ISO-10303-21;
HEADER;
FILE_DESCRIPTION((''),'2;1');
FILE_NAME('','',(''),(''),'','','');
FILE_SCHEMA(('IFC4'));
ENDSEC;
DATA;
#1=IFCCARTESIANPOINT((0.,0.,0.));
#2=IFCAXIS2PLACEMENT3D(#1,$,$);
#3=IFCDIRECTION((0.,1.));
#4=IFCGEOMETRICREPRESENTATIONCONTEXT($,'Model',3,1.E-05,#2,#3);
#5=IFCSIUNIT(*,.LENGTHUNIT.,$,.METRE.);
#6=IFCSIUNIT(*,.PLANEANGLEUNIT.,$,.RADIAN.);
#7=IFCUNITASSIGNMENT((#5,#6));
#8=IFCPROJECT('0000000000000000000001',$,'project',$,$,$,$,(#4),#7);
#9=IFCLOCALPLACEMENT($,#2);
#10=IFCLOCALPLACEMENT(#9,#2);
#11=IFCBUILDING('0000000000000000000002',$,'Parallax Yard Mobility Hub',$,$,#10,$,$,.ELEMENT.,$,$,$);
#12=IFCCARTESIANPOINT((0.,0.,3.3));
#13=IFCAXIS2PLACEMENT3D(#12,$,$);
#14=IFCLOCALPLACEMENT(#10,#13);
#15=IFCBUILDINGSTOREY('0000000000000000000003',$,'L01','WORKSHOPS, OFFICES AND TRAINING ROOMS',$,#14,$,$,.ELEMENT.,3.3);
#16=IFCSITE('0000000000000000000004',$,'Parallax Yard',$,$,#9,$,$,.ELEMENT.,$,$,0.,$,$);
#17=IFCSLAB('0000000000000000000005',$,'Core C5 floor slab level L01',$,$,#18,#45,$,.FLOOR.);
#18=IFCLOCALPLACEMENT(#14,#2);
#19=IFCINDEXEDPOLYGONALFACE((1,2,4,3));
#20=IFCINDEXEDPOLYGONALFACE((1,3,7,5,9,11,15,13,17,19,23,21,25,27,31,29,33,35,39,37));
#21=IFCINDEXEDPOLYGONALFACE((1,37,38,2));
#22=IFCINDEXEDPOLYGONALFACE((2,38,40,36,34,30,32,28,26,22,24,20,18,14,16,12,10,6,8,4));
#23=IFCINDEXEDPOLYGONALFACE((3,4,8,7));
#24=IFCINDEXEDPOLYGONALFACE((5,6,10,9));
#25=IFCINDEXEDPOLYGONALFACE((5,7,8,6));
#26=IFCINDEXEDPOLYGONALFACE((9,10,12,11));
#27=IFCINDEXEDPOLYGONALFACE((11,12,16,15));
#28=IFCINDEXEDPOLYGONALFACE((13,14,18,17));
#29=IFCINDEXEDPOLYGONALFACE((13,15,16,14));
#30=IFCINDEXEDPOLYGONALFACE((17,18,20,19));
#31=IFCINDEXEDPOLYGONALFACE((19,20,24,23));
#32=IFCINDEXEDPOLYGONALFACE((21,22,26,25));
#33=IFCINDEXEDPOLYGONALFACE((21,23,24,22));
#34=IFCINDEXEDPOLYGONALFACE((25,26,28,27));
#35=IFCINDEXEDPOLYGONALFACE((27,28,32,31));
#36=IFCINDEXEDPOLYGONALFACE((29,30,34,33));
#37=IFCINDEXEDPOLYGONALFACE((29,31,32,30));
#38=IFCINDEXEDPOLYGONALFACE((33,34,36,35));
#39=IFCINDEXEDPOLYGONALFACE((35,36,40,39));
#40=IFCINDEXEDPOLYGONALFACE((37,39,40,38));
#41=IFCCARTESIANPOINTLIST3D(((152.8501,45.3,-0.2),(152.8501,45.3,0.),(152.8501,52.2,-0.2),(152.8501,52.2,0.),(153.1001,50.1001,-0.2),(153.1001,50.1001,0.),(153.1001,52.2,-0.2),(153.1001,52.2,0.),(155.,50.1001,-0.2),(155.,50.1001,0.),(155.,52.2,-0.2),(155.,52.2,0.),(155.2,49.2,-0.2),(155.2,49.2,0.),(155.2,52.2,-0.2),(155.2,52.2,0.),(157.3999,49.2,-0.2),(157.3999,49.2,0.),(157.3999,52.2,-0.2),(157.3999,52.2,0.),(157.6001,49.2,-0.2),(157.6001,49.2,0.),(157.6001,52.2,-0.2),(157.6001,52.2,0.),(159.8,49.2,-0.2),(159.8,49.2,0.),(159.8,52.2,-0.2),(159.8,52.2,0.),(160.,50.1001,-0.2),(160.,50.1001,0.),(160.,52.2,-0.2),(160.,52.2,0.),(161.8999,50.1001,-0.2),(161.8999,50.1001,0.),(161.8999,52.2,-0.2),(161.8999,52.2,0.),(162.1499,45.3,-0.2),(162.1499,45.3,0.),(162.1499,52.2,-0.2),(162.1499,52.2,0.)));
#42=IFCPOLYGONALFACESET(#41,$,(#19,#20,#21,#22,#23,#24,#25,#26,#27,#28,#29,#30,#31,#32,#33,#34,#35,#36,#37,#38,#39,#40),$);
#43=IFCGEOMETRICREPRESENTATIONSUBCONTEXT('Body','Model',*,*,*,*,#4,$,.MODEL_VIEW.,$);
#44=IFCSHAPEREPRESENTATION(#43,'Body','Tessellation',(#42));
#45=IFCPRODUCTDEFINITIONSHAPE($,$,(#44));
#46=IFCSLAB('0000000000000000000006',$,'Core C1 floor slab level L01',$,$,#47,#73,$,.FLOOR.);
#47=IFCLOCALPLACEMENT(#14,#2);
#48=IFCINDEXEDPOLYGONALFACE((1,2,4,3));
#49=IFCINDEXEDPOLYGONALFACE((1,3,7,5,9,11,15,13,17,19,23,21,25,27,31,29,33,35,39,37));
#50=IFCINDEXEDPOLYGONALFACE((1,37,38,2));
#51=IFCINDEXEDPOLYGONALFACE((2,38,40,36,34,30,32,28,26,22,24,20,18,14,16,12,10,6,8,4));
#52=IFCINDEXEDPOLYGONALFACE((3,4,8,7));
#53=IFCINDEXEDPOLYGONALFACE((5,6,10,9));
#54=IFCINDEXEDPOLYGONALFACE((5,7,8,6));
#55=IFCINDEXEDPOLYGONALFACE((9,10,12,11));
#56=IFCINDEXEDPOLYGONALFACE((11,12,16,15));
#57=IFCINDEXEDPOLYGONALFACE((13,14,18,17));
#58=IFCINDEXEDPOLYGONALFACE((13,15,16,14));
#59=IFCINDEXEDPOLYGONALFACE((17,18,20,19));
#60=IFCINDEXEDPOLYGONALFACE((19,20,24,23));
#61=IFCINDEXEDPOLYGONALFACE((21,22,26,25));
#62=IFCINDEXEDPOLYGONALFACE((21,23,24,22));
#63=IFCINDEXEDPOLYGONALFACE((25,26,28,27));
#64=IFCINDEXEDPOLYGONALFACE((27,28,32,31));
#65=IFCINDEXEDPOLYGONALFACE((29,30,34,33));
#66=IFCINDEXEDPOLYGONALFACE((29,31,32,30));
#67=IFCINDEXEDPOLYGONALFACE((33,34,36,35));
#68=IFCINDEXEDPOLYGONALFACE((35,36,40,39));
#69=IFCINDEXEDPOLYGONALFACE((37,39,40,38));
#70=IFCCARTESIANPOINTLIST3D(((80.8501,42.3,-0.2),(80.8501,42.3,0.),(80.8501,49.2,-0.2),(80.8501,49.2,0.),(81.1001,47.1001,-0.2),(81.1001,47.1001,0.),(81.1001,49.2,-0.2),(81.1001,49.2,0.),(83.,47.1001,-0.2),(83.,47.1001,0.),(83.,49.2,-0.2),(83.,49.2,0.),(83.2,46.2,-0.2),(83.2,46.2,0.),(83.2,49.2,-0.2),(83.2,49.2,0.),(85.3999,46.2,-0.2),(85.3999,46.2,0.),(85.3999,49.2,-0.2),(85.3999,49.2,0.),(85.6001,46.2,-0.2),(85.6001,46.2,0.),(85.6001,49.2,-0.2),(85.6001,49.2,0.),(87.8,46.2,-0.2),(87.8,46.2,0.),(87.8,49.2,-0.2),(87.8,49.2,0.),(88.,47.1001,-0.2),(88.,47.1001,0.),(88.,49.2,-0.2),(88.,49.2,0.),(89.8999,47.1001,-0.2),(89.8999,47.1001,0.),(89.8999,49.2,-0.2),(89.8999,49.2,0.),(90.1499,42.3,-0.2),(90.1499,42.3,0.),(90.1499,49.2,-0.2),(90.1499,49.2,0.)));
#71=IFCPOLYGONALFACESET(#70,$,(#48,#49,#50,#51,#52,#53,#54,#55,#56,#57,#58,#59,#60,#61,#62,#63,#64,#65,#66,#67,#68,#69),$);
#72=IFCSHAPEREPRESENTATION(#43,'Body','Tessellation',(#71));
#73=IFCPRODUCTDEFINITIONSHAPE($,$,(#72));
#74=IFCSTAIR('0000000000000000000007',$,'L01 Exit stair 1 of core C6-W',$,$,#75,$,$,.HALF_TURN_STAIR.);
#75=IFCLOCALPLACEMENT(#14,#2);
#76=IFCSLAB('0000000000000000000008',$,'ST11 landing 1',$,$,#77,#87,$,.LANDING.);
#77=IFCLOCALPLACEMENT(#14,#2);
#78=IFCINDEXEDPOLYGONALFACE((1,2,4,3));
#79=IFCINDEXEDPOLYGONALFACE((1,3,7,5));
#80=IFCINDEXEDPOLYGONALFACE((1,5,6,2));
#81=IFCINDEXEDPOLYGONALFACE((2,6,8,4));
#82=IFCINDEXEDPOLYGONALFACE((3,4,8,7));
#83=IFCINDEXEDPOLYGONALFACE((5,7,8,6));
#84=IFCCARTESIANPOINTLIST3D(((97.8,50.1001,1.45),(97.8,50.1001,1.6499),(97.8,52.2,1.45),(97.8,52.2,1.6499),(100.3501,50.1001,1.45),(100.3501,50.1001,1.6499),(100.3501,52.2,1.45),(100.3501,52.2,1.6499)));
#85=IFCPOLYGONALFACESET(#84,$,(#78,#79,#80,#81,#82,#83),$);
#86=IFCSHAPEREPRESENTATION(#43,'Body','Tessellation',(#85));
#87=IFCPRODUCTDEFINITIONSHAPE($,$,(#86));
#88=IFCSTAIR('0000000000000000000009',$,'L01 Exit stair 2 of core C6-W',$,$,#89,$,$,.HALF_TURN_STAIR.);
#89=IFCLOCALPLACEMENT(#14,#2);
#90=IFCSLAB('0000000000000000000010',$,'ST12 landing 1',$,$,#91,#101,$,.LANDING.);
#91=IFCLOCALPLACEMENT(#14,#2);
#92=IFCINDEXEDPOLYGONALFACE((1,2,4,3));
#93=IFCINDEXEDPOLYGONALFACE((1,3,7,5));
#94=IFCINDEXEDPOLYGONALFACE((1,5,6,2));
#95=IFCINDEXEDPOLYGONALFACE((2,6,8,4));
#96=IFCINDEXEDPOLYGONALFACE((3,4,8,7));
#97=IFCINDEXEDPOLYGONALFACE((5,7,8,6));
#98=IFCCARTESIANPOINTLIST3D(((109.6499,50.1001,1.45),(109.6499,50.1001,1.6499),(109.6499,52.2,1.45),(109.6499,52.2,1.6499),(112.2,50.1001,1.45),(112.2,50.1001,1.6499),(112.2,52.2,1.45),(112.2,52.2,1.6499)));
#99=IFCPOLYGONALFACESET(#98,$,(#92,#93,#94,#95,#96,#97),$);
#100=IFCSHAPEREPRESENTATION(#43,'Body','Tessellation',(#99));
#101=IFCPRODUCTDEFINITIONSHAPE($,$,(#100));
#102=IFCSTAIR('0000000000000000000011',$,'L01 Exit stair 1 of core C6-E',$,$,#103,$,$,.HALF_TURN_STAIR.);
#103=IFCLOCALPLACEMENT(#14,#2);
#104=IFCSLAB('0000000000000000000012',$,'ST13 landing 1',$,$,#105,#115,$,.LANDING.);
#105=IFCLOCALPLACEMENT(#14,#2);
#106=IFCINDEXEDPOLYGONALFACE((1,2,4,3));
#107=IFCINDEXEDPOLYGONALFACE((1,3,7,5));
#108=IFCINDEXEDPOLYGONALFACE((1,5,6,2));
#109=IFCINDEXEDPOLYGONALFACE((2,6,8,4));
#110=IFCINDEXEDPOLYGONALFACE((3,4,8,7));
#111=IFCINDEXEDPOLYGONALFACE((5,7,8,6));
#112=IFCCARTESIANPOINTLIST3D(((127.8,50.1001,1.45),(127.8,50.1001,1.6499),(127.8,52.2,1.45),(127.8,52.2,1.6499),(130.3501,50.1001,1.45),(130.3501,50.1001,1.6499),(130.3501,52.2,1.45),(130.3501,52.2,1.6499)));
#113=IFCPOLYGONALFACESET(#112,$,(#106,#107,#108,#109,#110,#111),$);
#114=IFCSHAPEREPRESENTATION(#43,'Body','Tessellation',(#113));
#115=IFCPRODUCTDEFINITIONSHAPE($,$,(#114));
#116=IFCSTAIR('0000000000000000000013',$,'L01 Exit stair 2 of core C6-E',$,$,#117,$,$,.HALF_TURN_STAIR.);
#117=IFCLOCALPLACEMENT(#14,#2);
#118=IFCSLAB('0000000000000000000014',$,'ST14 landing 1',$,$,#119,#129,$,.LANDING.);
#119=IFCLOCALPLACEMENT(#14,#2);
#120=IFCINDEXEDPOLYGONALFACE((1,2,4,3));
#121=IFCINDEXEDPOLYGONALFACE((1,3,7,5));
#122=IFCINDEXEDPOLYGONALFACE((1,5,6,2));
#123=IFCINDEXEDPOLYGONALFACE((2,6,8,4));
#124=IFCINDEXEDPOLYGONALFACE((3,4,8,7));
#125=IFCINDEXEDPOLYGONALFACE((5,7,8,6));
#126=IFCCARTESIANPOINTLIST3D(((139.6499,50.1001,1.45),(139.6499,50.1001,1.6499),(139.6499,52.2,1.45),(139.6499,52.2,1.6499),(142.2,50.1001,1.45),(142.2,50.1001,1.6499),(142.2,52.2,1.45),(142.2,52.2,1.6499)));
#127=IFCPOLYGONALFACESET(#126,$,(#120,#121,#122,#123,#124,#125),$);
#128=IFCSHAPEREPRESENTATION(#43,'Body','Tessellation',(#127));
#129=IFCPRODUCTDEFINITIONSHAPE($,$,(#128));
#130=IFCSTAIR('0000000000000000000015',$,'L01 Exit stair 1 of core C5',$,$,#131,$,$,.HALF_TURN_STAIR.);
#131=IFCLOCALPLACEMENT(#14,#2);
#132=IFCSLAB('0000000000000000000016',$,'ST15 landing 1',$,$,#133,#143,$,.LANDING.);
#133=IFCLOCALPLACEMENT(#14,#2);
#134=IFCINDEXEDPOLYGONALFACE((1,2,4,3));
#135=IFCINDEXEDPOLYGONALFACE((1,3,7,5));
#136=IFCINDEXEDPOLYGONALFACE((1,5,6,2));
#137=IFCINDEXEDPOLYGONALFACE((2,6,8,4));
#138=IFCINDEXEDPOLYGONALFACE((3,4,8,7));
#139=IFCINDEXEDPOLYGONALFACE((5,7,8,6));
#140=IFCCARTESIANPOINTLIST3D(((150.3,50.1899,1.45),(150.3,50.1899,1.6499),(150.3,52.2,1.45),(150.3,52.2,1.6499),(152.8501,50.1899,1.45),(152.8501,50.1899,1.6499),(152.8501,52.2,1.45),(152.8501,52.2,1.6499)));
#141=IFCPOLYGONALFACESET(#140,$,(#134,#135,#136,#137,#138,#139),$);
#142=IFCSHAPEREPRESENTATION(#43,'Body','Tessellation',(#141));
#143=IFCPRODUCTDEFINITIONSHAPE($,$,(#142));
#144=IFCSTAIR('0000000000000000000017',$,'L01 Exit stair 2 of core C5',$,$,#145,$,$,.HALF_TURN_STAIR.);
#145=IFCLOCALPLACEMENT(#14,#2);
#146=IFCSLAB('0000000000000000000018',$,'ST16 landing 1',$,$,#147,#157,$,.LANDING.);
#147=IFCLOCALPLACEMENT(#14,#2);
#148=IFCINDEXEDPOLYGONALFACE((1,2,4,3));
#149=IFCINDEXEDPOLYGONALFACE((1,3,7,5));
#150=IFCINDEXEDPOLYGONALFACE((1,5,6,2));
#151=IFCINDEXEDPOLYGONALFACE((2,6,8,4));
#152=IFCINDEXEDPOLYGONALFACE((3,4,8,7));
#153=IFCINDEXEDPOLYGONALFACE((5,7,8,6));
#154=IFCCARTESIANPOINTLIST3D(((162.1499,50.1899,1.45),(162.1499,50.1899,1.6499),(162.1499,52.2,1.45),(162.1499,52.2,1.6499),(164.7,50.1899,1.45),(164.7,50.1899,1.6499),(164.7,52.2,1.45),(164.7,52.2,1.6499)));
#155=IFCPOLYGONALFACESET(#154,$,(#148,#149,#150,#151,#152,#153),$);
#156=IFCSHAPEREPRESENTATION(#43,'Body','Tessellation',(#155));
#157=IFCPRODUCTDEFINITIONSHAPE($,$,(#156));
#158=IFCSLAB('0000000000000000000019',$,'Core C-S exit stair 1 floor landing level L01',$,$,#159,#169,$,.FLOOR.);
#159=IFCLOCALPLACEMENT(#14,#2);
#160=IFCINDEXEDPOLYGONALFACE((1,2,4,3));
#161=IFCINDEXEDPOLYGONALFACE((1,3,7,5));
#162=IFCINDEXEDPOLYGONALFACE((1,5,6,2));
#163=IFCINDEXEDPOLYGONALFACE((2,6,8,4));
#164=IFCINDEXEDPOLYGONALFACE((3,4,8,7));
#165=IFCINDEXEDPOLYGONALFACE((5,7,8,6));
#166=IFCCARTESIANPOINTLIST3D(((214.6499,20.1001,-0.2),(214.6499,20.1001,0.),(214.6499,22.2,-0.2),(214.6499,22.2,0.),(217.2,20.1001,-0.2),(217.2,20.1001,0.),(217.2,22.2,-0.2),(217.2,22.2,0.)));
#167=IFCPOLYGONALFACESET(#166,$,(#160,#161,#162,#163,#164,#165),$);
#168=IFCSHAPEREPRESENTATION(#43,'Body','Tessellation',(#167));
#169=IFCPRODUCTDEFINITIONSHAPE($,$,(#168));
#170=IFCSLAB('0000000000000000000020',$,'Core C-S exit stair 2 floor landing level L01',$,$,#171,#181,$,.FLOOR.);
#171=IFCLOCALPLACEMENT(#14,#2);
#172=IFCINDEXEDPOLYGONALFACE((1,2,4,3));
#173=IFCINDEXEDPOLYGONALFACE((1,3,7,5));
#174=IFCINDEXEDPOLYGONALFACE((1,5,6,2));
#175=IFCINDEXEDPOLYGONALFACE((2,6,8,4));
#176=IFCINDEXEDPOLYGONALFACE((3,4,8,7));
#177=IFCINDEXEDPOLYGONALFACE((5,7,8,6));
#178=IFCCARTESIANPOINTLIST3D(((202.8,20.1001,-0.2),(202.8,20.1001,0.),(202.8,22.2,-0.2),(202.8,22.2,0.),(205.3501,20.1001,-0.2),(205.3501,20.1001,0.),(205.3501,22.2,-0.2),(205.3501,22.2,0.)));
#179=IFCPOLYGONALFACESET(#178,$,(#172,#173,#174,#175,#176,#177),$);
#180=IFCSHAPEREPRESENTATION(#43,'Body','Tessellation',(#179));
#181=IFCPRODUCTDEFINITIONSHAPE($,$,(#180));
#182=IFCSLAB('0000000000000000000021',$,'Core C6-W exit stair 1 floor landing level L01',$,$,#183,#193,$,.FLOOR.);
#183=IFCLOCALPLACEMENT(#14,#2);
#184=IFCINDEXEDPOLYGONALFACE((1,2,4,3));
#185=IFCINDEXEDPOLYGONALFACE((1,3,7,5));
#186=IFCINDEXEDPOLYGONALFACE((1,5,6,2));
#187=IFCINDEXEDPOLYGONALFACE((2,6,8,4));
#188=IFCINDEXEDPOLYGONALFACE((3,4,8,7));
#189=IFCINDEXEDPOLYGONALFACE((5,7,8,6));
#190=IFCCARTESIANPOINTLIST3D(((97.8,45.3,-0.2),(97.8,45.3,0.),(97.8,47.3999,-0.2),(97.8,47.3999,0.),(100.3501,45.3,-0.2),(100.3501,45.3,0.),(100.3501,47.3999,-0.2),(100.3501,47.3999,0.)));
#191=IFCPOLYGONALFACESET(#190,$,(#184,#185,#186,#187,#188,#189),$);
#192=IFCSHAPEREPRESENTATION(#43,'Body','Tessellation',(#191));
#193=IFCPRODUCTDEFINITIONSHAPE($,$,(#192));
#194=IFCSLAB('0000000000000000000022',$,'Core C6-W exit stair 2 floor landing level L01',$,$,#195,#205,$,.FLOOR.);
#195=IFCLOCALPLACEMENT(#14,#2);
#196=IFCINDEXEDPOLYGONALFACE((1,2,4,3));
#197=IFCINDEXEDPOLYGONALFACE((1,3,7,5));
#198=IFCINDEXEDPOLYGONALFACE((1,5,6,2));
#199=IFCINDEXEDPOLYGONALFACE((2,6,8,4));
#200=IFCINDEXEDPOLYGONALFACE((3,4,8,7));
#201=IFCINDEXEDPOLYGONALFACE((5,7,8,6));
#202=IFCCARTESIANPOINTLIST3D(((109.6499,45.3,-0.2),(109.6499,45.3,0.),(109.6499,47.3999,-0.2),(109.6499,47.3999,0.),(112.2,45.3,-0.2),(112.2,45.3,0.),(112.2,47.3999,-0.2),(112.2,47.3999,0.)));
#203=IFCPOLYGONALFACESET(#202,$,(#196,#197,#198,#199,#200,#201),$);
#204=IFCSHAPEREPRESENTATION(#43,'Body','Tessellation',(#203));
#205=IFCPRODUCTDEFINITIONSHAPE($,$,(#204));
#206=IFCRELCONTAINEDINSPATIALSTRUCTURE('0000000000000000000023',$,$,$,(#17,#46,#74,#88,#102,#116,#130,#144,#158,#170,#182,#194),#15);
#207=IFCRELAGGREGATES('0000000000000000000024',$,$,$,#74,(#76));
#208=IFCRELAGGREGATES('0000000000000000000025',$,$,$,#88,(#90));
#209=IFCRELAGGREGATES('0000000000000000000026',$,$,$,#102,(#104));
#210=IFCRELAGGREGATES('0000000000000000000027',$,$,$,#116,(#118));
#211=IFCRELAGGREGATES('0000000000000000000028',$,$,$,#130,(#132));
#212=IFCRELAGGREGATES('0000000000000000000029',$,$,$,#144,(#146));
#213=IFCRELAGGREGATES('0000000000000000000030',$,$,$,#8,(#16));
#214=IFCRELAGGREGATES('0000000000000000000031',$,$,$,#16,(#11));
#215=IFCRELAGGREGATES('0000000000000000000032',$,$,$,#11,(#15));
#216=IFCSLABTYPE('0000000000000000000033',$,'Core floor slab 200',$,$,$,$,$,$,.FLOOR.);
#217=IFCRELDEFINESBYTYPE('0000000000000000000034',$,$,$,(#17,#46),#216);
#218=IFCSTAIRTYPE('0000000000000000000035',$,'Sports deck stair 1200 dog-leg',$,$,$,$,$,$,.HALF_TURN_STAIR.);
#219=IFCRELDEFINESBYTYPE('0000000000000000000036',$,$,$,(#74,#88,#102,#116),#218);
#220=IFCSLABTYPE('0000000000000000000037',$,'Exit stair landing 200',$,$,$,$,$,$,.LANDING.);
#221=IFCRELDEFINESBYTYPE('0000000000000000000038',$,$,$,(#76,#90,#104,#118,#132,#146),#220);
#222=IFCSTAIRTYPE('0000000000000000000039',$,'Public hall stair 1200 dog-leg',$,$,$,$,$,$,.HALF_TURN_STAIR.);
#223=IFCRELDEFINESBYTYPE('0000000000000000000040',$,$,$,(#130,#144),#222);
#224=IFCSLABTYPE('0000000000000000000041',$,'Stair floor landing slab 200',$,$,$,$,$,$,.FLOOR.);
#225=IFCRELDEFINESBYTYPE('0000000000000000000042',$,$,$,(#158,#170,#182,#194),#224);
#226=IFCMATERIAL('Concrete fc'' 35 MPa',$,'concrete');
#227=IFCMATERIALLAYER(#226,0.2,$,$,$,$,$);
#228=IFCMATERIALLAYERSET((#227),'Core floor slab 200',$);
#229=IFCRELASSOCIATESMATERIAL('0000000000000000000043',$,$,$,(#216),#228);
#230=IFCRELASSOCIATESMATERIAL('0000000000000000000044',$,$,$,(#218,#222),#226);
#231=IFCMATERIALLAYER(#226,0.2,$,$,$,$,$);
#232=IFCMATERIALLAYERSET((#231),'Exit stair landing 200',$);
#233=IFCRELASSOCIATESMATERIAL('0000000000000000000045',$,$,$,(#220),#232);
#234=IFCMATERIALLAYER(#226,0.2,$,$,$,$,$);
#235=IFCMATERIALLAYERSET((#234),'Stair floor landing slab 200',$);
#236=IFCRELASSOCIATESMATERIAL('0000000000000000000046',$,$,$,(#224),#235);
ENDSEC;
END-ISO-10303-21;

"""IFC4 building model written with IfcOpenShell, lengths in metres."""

from ifc_helpers import new_model, si_unit, direction, frame, origin, place, context, subcontext, project, spatial, polyline, outline, extrude, material, layer, layer_set, type_object, element, aggregate, save


model = new_model("IFC4")

# Units and contexts
model_context = context("Model", 3, precision=1e-05, world=origin(), true_north=direction((0.0, 1.0)))
body_context = subcontext(model_context, "Body", "Model", "MODEL_VIEW")
ifc_project = project(units=[si_unit("LENGTHUNIT", "METRE"), si_unit("PLANEANGLEUNIT", "RADIAN")], contexts=[model_context])

# Site, building, storey
site_placement = place(None, origin())
site = spatial("IfcSite", under=ifc_project, at=site_placement, Name="Parallax Yard", CompositionType="ELEMENT", RefElevation=0.0)
building_placement = place(site_placement, origin())
building = spatial("IfcBuilding", under=site, at=building_placement, Name="Parallax Yard Mobility Hub", CompositionType="ELEMENT")
storey_placement = place(building_placement, frame((0.0, 0.0, 3.3)))
storey = spatial("IfcBuildingStorey", under=building, at=storey_placement, Name="L01", Description="WORKSHOPS, OFFICES AND TRAINING ROOMS", CompositionType="ELEMENT", Elevation=3.3)

# Slabs
ifc_material_1 = material(Name="Concrete fc' 35 MPa", Category="concrete")
ifc_layer_1 = layer(ifc_material_1, 0.2)
ifc_layer_set_1 = layer_set([ifc_layer_1], Name="Core floor slab 200")
slab_type_1 = type_object("IfcSlabType", Name="Core floor slab 200", PredefinedType="FLOOR", material=ifc_layer_set_1)
slab_1_placement = place(storey_placement, frame((0.0, 0.0, -0.2)))
element("IfcSlab", 1, at=slab_1_placement, inside=storey, type_object=slab_type_1, Name="Core C5 floor slab level L01", PredefinedType="FLOOR", context=body_context, shape_type="SweptSolid", body=[
    extrude(outline(polyline([(157.3999, 49.2), (157.3999, 52.2), (157.6001, 52.2), (157.6001, 49.2), (159.8, 49.2), (159.8, 52.2), (160.0, 52.2), (160.0, 50.1001), (161.8999, 50.1001), (161.8999, 52.2), (162.1499, 52.2), (162.1499, 45.3), (152.8501, 45.3), (152.8501, 52.2), (153.1001, 52.2), (153.1001, 50.1001), (155.0, 50.1001), (155.0, 52.2), (155.2, 52.2), (155.2, 49.2), (157.3999, 49.2)])), origin(), (0.0, 0.0, 1.0), 0.2),
])
slab_2_placement = place(storey_placement, frame((0.0, 0.0, -0.2)))
element("IfcSlab", 2, at=slab_2_placement, inside=storey, type_object=slab_type_1, Name="Core C1 floor slab level L01", PredefinedType="FLOOR", context=body_context, shape_type="SweptSolid", body=[
    extrude(outline(polyline([(85.3999, 46.2), (85.3999, 49.2), (85.6001, 49.2), (85.6001, 46.2), (87.8, 46.2), (87.8, 49.2), (88.0, 49.2), (88.0, 47.1001), (89.8999, 47.1001), (89.8999, 49.2), (90.1499, 49.2), (90.1499, 42.3), (80.8501, 42.3), (80.8501, 49.2), (81.1001, 49.2), (81.1001, 47.1001), (83.0, 47.1001), (83.0, 49.2), (83.2, 49.2), (83.2, 46.2), (85.3999, 46.2)])), origin(), (0.0, 0.0, 1.0), 0.2),
])

# Stairs, slabs
stair_type_1 = type_object("IfcStairType", Name="Sports deck stair 1200 dog-leg", PredefinedType="HALF_TURN_STAIR", material=ifc_material_1)
stair_1_placement = place(storey_placement, origin())
stair_1 = element("IfcStair", 3, at=stair_1_placement, inside=storey, type_object=stair_type_1, Name="L01 Exit stair 1 of core C6-W", PredefinedType="HALF_TURN_STAIR")
ifc_layer_2 = layer(ifc_material_1, 0.2)
ifc_layer_set_2 = layer_set([ifc_layer_2], Name="Exit stair landing 200")
slab_type_2 = type_object("IfcSlabType", Name="Exit stair landing 200", PredefinedType="LANDING", material=ifc_layer_set_2)
slab_3_placement = place(storey_placement, frame((0.0, 0.0, 1.45)))
slab_3 = element("IfcSlab", 4, at=slab_3_placement, type_object=slab_type_2, Name="ST11 landing 1", PredefinedType="LANDING", context=body_context, shape_type="SweptSolid", body=[
    extrude(outline(polyline([(100.3501, 50.1001), (100.3501, 52.2), (97.8, 52.2), (97.8, 50.1001), (100.3501, 50.1001)])), origin(), (0.0, 0.0, 1.0), 0.2),
])
aggregate(stair_1, [slab_3])
stair_2_placement = place(storey_placement, origin())
stair_2 = element("IfcStair", 5, at=stair_2_placement, inside=storey, type_object=stair_type_1, Name="L01 Exit stair 2 of core C6-W", PredefinedType="HALF_TURN_STAIR")
slab_4_placement = place(storey_placement, frame((0.0, 0.0, 1.45)))
slab_4 = element("IfcSlab", 6, at=slab_4_placement, type_object=slab_type_2, Name="ST12 landing 1", PredefinedType="LANDING", context=body_context, shape_type="SweptSolid", body=[
    extrude(outline(polyline([(112.2, 50.1001), (112.2, 52.2), (109.6499, 52.2), (109.6499, 50.1001), (112.2, 50.1001)])), origin(), (0.0, 0.0, 1.0), 0.2),
])
aggregate(stair_2, [slab_4])
stair_3_placement = place(storey_placement, origin())
stair_3 = element("IfcStair", 7, at=stair_3_placement, inside=storey, type_object=stair_type_1, Name="L01 Exit stair 1 of core C6-E", PredefinedType="HALF_TURN_STAIR")
slab_5_placement = place(storey_placement, frame((0.0, 0.0, 1.45)))
slab_5 = element("IfcSlab", 8, at=slab_5_placement, type_object=slab_type_2, Name="ST13 landing 1", PredefinedType="LANDING", context=body_context, shape_type="SweptSolid", body=[
    extrude(outline(polyline([(130.3501, 50.1001), (130.3501, 52.2), (127.8, 52.2), (127.8, 50.1001), (130.3501, 50.1001)])), origin(), (0.0, 0.0, 1.0), 0.2),
])
aggregate(stair_3, [slab_5])
stair_4_placement = place(storey_placement, origin())
stair_4 = element("IfcStair", 9, at=stair_4_placement, inside=storey, type_object=stair_type_1, Name="L01 Exit stair 2 of core C6-E", PredefinedType="HALF_TURN_STAIR")
slab_6_placement = place(storey_placement, frame((0.0, 0.0, 1.45)))
slab_6 = element("IfcSlab", 10, at=slab_6_placement, type_object=slab_type_2, Name="ST14 landing 1", PredefinedType="LANDING", context=body_context, shape_type="SweptSolid", body=[
    extrude(outline(polyline([(142.2, 50.1001), (142.2, 52.2), (139.6499, 52.2), (139.6499, 50.1001), (142.2, 50.1001)])), origin(), (0.0, 0.0, 1.0), 0.2),
])
aggregate(stair_4, [slab_6])
stair_type_2 = type_object("IfcStairType", Name="Public hall stair 1200 dog-leg", PredefinedType="HALF_TURN_STAIR", material=ifc_material_1)
stair_5_placement = place(storey_placement, origin())
stair_5 = element("IfcStair", 11, at=stair_5_placement, inside=storey, type_object=stair_type_2, Name="L01 Exit stair 1 of core C5", PredefinedType="HALF_TURN_STAIR")
slab_7_placement = place(storey_placement, frame((0.0, 0.0, 1.45)))
slab_7 = element("IfcSlab", 12, at=slab_7_placement, type_object=slab_type_2, Name="ST15 landing 1", PredefinedType="LANDING", context=body_context, shape_type="SweptSolid", body=[
    extrude(outline(polyline([(152.8501, 50.1899), (152.8501, 52.2), (150.3, 52.2), (150.3, 50.1899), (152.8501, 50.1899)])), origin(), (0.0, 0.0, 1.0), 0.2),
])
aggregate(stair_5, [slab_7])
stair_6_placement = place(storey_placement, origin())
stair_6 = element("IfcStair", 13, at=stair_6_placement, inside=storey, type_object=stair_type_2, Name="L01 Exit stair 2 of core C5", PredefinedType="HALF_TURN_STAIR")
slab_8_placement = place(storey_placement, frame((0.0, 0.0, 1.45)))
slab_8 = element("IfcSlab", 14, at=slab_8_placement, type_object=slab_type_2, Name="ST16 landing 1", PredefinedType="LANDING", context=body_context, shape_type="SweptSolid", body=[
    extrude(outline(polyline([(164.7, 50.1899), (164.7, 52.2), (162.1499, 52.2), (162.1499, 50.1899), (164.7, 50.1899)])), origin(), (0.0, 0.0, 1.0), 0.2),
])
aggregate(stair_6, [slab_8])

# Slabs
ifc_layer_3 = layer(ifc_material_1, 0.2)
ifc_layer_set_3 = layer_set([ifc_layer_3], Name="Stair floor landing slab 200")
slab_type_3 = type_object("IfcSlabType", Name="Stair floor landing slab 200", PredefinedType="FLOOR", material=ifc_layer_set_3)
slab_9_placement = place(storey_placement, frame((0.0, 0.0, -0.2)))
element("IfcSlab", 15, at=slab_9_placement, inside=storey, type_object=slab_type_3, Name="Core C-S exit stair 1 floor landing level L01", PredefinedType="FLOOR", context=body_context, shape_type="SweptSolid", body=[
    extrude(outline(polyline([(217.2, 20.1001), (214.6499, 20.1001), (214.6499, 22.2), (217.2, 22.2), (217.2, 20.1001)])), origin(), (0.0, 0.0, 1.0), 0.2),
])
slab_10_placement = place(storey_placement, frame((0.0, 0.0, -0.2)))
element("IfcSlab", 16, at=slab_10_placement, inside=storey, type_object=slab_type_3, Name="Core C-S exit stair 2 floor landing level L01", PredefinedType="FLOOR", context=body_context, shape_type="SweptSolid", body=[
    extrude(outline(polyline([(205.3501, 20.1001), (202.8, 20.1001), (202.8, 22.2), (205.3501, 22.2), (205.3501, 20.1001)])), origin(), (0.0, 0.0, 1.0), 0.2),
])
slab_11_placement = place(storey_placement, frame((0.0, 0.0, -0.2)))
element("IfcSlab", 17, at=slab_11_placement, inside=storey, type_object=slab_type_3, Name="Core C6-W exit stair 1 floor landing level L01", PredefinedType="FLOOR", context=body_context, shape_type="SweptSolid", body=[
    extrude(outline(polyline([(100.3501, 45.3), (100.3501, 47.3999), (97.8, 47.3999), (97.8, 45.3), (100.3501, 45.3)])), origin(), (0.0, 0.0, 1.0), 0.2),
])
slab_12_placement = place(storey_placement, frame((0.0, 0.0, -0.2)))
element("IfcSlab", 18, at=slab_12_placement, inside=storey, type_object=slab_type_3, Name="Core C6-W exit stair 2 floor landing level L01", PredefinedType="FLOOR", context=body_context, shape_type="SweptSolid", body=[
    extrude(outline(polyline([(112.2, 45.3), (112.2, 47.3999), (109.6499, 47.3999), (109.6499, 45.3), (112.2, 45.3)])), origin(), (0.0, 0.0, 1.0), 0.2),
])

save(model, "model.ifc")
